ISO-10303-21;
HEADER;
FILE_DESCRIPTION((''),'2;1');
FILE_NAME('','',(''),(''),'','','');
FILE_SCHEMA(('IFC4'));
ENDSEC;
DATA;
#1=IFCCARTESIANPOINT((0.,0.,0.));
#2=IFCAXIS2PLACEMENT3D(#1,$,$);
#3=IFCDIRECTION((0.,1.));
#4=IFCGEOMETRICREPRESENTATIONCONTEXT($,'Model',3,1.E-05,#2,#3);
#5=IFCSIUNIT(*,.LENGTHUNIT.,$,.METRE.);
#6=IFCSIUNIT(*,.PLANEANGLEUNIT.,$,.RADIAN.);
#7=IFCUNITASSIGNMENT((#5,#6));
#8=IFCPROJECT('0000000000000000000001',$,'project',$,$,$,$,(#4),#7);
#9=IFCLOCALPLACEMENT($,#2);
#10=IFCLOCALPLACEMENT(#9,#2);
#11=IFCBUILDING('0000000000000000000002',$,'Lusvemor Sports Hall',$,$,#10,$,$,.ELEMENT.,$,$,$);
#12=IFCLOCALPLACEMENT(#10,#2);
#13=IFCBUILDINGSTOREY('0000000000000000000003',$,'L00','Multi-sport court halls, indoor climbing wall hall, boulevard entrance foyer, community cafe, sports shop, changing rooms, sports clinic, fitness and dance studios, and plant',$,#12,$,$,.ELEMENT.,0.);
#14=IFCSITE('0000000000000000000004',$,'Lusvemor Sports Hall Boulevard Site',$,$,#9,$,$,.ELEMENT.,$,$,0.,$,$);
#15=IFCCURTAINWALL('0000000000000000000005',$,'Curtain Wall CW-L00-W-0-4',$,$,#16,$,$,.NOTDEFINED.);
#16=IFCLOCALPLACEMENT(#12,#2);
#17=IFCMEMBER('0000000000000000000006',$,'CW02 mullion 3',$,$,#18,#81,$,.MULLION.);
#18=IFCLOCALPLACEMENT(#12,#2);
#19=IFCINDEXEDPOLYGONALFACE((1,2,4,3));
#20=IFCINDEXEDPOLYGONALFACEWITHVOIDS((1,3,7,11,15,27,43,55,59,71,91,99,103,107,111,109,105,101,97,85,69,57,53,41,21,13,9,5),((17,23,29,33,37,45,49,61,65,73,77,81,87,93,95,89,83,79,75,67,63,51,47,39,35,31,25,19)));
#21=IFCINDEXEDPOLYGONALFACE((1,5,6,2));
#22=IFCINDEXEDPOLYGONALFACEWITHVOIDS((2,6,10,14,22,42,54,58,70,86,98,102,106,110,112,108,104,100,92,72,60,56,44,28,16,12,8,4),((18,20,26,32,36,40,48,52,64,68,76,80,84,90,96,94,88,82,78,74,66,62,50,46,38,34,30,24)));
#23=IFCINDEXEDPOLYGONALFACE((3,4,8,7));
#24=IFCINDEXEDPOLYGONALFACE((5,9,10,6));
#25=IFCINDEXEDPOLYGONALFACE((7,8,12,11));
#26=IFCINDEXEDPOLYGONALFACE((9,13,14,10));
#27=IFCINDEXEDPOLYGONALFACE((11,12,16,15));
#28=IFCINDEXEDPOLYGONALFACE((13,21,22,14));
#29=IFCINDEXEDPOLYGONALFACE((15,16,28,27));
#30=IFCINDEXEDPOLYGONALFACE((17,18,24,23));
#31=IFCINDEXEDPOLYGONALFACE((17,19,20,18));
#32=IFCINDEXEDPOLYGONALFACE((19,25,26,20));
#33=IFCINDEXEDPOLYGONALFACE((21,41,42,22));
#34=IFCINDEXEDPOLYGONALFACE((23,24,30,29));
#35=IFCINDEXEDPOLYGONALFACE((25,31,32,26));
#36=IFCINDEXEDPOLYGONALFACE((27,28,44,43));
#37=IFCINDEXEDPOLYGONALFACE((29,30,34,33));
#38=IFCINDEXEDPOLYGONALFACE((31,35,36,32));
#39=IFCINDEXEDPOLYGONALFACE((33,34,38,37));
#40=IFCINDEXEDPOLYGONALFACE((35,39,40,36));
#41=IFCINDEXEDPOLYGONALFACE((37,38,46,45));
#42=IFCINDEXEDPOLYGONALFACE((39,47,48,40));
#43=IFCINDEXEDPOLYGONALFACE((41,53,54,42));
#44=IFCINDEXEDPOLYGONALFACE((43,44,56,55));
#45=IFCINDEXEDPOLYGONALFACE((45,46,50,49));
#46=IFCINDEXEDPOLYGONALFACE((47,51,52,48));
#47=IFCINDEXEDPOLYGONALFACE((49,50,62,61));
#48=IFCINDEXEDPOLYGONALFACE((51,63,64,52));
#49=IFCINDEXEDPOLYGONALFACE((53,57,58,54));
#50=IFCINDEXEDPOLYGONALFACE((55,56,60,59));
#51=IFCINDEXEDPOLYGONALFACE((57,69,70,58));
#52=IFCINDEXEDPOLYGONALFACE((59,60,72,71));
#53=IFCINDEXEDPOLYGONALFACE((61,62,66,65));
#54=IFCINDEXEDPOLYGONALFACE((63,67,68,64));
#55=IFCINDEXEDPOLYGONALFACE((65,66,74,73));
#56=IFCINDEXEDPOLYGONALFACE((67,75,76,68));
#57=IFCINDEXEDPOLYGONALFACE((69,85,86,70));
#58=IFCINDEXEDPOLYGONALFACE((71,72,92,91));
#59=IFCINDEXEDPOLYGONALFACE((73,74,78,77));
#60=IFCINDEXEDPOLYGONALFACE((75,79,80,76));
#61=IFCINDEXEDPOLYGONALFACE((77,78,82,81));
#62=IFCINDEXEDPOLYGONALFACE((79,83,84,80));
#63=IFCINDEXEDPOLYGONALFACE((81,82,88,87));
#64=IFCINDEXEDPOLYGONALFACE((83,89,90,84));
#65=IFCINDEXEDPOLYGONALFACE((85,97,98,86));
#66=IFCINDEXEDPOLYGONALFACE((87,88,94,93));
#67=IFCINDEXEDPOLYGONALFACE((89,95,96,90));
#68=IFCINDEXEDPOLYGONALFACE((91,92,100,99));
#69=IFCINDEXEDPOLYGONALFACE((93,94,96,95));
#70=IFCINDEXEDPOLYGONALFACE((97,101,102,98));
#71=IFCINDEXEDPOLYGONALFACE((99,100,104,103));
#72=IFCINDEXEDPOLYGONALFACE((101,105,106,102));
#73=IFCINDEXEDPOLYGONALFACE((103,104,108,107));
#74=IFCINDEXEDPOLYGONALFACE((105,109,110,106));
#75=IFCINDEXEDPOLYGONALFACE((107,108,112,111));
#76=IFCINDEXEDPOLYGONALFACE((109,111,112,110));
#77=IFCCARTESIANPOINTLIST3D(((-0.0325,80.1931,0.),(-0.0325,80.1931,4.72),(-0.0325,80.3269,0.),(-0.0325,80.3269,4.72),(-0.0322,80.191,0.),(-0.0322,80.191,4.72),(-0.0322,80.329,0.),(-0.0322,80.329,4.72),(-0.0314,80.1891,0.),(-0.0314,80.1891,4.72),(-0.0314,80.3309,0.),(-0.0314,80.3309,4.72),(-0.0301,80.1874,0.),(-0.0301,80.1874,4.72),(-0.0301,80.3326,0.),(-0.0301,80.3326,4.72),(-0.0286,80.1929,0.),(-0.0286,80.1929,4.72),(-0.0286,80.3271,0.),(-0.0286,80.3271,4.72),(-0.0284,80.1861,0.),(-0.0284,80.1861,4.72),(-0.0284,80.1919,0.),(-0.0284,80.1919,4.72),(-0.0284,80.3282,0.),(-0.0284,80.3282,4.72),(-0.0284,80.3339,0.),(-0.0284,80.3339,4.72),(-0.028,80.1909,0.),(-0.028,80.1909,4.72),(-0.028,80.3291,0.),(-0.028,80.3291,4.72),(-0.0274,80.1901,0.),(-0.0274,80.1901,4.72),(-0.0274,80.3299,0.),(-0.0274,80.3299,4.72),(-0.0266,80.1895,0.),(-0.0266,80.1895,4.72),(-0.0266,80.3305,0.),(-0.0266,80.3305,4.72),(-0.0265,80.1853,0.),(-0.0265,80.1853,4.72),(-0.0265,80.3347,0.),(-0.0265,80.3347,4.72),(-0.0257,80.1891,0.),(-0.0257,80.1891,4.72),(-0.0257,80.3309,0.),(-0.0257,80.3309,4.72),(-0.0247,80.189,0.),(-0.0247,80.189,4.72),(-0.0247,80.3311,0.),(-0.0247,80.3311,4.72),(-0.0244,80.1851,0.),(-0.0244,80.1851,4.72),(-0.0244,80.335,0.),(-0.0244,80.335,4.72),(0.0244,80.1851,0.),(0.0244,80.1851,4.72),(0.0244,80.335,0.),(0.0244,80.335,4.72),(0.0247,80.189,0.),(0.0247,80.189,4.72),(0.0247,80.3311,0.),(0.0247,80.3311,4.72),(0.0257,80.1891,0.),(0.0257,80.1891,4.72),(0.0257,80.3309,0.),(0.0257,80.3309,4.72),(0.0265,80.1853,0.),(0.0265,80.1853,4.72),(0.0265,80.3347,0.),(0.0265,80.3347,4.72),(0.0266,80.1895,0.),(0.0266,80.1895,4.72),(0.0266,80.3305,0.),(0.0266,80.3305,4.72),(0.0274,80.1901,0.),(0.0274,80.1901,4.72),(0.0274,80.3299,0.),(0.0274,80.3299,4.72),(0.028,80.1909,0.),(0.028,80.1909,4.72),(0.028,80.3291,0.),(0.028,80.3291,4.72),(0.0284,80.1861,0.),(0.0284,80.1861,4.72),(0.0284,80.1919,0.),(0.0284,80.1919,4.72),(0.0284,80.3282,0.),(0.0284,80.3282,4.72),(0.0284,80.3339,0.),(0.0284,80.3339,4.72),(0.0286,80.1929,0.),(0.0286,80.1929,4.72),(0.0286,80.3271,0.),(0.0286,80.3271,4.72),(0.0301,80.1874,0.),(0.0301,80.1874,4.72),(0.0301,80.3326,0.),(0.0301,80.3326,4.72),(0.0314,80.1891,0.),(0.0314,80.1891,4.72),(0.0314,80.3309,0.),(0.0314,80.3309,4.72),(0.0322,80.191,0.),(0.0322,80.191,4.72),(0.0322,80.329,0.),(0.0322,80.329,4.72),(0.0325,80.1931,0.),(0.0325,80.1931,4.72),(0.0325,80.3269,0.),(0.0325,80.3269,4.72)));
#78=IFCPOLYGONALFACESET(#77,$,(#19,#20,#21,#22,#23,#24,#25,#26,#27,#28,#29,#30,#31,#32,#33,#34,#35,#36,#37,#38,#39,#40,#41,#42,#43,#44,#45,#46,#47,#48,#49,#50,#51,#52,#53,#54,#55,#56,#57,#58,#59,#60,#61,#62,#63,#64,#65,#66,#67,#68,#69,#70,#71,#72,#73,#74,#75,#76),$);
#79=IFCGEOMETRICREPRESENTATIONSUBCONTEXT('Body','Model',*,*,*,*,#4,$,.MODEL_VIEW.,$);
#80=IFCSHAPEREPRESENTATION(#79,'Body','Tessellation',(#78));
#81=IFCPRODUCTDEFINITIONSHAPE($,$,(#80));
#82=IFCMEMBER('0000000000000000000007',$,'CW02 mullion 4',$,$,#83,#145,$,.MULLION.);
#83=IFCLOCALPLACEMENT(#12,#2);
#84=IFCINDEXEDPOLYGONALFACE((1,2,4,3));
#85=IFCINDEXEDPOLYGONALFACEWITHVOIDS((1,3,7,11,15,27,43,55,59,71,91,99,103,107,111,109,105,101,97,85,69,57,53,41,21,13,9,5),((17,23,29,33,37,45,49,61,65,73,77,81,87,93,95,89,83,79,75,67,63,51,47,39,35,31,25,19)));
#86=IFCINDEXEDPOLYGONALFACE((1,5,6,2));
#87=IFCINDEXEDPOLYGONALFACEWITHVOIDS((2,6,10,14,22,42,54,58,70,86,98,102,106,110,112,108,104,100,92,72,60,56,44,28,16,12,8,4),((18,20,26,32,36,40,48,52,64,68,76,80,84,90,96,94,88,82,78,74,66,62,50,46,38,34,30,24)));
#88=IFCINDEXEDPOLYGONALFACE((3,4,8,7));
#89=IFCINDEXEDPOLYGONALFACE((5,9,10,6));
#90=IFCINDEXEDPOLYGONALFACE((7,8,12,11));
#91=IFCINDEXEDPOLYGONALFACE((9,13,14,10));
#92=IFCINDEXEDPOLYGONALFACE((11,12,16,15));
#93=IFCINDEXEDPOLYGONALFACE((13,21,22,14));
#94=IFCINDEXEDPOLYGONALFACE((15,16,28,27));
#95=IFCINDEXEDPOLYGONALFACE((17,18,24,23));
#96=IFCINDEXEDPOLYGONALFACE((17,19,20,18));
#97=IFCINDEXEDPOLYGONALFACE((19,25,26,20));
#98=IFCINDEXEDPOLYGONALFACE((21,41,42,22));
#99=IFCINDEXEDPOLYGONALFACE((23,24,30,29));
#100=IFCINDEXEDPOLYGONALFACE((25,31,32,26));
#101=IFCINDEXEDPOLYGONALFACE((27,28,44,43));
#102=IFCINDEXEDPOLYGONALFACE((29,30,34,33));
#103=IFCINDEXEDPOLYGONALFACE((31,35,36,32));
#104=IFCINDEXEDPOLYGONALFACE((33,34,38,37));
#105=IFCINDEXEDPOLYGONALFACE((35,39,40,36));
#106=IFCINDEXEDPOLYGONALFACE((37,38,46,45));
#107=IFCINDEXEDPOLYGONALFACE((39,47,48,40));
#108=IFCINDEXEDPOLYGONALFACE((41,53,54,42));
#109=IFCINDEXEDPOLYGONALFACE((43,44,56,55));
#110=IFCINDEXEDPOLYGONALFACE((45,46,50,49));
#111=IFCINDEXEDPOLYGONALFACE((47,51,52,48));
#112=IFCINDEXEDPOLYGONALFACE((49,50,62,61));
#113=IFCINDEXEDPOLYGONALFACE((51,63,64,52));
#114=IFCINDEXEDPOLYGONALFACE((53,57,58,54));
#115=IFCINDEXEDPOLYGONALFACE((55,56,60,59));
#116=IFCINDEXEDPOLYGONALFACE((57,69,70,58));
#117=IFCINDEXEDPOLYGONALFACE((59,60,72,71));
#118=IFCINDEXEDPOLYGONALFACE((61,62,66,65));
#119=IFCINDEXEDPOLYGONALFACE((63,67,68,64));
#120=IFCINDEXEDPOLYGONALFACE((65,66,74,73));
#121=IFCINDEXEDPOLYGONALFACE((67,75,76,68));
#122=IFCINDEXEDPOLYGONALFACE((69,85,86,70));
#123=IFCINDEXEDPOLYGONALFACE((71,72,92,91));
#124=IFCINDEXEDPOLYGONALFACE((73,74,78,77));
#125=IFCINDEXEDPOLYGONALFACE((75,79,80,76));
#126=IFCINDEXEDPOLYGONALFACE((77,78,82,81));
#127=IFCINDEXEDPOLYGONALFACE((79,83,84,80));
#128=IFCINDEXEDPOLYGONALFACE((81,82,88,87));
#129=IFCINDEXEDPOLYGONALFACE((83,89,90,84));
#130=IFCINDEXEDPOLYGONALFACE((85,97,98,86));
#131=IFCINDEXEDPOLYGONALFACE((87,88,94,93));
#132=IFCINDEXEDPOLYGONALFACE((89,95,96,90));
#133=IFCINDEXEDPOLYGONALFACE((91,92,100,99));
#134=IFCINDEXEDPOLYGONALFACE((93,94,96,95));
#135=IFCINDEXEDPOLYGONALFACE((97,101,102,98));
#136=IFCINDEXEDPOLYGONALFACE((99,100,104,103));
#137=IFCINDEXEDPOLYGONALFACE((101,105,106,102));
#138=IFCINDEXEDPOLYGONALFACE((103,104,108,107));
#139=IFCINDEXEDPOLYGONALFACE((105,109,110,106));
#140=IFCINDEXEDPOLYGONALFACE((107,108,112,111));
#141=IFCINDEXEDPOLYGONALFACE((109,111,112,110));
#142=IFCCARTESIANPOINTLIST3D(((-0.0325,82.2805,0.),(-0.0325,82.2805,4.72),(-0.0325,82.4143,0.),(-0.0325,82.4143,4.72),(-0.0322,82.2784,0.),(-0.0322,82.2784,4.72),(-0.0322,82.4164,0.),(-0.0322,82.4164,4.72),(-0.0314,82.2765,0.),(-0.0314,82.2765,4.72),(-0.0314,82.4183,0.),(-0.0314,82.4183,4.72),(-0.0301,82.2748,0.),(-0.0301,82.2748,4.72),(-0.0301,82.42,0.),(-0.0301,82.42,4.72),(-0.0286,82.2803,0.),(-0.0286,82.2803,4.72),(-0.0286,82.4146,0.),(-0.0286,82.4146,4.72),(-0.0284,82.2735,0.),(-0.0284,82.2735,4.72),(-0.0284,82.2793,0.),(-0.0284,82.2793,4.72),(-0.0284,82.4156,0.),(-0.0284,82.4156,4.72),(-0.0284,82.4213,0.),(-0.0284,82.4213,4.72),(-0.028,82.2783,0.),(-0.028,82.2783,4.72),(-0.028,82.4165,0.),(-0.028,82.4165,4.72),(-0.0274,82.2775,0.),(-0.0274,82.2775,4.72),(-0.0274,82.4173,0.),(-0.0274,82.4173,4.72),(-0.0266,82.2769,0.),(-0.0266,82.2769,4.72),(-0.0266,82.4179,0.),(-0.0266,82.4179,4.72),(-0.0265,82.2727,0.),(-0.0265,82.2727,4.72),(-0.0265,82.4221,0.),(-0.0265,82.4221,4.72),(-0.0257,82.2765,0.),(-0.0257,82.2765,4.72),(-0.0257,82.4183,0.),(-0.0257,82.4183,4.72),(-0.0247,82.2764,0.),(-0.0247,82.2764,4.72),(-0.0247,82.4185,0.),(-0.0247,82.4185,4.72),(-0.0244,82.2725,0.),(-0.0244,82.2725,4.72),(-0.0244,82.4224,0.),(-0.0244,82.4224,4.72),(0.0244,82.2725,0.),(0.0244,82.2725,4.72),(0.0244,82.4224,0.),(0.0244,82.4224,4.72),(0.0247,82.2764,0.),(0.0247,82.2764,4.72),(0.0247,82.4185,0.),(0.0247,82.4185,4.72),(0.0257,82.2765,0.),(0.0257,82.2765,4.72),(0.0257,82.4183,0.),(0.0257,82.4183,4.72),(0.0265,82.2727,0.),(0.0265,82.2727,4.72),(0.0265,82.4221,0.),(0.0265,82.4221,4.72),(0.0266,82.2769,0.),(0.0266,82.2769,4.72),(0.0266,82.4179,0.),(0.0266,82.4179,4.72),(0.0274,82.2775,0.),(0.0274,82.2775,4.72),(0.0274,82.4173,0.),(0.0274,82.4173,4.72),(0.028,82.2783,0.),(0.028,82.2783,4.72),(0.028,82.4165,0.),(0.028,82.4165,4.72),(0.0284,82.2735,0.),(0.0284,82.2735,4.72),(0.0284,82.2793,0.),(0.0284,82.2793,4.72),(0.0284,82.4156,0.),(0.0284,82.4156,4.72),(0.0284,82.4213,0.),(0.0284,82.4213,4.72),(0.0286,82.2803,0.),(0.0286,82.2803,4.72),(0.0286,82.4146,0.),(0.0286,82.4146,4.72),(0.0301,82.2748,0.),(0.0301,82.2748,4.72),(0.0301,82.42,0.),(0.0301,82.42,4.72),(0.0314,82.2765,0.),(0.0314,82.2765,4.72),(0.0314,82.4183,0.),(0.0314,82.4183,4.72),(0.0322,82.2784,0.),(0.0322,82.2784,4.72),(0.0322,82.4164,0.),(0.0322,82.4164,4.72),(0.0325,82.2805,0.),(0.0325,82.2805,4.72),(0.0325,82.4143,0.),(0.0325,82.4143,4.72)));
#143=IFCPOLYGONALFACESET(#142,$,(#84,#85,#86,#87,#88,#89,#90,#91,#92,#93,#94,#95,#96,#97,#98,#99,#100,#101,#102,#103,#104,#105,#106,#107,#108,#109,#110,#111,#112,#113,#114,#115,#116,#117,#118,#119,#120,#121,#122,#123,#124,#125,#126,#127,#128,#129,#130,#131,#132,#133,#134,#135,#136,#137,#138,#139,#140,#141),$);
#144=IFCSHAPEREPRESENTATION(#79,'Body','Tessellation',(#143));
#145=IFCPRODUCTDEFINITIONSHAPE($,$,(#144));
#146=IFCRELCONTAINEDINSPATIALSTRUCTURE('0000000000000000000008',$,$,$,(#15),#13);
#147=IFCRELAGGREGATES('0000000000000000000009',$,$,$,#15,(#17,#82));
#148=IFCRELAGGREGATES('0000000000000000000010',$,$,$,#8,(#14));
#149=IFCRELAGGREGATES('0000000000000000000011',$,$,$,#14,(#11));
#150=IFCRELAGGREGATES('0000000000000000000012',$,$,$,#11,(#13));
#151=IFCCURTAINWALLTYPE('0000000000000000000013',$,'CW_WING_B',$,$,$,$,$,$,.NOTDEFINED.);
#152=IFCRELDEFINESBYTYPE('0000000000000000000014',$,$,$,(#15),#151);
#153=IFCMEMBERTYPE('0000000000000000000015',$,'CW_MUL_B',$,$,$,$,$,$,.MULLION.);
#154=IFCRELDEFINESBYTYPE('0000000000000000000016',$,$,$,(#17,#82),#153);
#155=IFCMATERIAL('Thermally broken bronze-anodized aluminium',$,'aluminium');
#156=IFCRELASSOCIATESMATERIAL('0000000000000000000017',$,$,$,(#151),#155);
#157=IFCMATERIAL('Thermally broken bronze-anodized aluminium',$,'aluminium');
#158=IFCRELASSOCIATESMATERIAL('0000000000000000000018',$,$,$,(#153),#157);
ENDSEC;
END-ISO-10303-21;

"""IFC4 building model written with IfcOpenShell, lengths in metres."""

from ifc_helpers import new_model, si_unit, direction, frame, origin, origin_2d, place, context, subcontext, project, spatial, hollow_rectangle, extrude, material, material_profile, profile_set, type_object, element, aggregate, save


model = new_model("IFC4")

# Units and contexts
model_context = context("Model", 3, precision=1e-05, world=origin(), true_north=direction((0.0, 1.0)))
body_context = subcontext(model_context, "Body", "Model", "MODEL_VIEW")
ifc_project = project(units=[si_unit("LENGTHUNIT", "METRE"), si_unit("PLANEANGLEUNIT", "RADIAN")], contexts=[model_context])

# Site, building, storey
site_placement = place(None, origin())
site = spatial("IfcSite", under=ifc_project, at=site_placement, Name="Lusvemor Sports Hall Boulevard Site", CompositionType="ELEMENT", RefElevation=0.0)
building_placement = place(site_placement, origin())
building = spatial("IfcBuilding", under=site, at=building_placement, Name="Lusvemor Sports Hall", CompositionType="ELEMENT")
storey_placement = place(building_placement, origin())
storey = spatial("IfcBuildingStorey", under=building, at=storey_placement, Name="L00", Description="Multi-sport court halls, indoor climbing wall hall, boulevard entrance foyer, community cafe, sports shop, changing rooms, sports clinic, fitness and dance studios, and plant", CompositionType="ELEMENT", Elevation=0.0)

# Curtain wall, members
ifc_material_1 = material(Name="Thermally broken bronze-anodized aluminium", Category="aluminium")
curtain_wall_type = type_object("IfcCurtainWallType", Name="CW_WING_B", PredefinedType="NOTDEFINED", material=ifc_material_1)
curtain_wall_1_placement = place(storey_placement, origin())
curtain_wall_1 = element("IfcCurtainWall", 1, at=curtain_wall_1_placement, inside=storey, type_object=curtain_wall_type, Name="Curtain Wall CW-L00-W-0-4", PredefinedType="NOTDEFINED")
ifc_material_2 = material(Name="Thermally broken bronze-anodized aluminium", Category="aluminium")
ifc_material_profile_1 = material_profile(ifc_material_2, hollow_rectangle(XDim=0.0649, YDim=0.1499, WallThickness=0.0039, InnerFilletRadius=0.0039, OuterFilletRadius=0.0081, at=origin_2d()), Name="CWMUL150x65x4")
ifc_profile_set_1 = profile_set([ifc_material_profile_1], Name="Thermally broken bronze-anodized aluminium")
member_type_1 = type_object("IfcMemberType", Name="CW_MUL_B", PredefinedType="MULLION", material=ifc_profile_set_1)
member_1_placement = place(storey_placement, frame((0.0, 80.26, 0.0), z_axis=(0.0, 0.0, 1.0), x_axis=(-1.0, 0.0, 0.0)))
member_1 = element("IfcMember", 2, at=member_1_placement, type_object=member_type_1, Name="CW02 mullion 3", PredefinedType="MULLION", context=body_context, shape_type="SweptSolid", body=[
    extrude(hollow_rectangle(XDim=0.0649, YDim=0.1499, WallThickness=0.0039, InnerFilletRadius=0.0039, OuterFilletRadius=0.0081, at=origin_2d()), origin(), (0.0, 0.0, 1.0), 4.72),
])
member_2_placement = place(storey_placement, frame((0.0, 82.3474, 0.0), z_axis=(0.0, 0.0, 1.0), x_axis=(-1.0, 0.0, 0.0)))
member_2 = element("IfcMember", 3, at=member_2_placement, type_object=member_type_1, Name="CW02 mullion 4", PredefinedType="MULLION", context=body_context, shape_type="SweptSolid", body=[
    extrude(hollow_rectangle(XDim=0.0649, YDim=0.1499, WallThickness=0.0039, InnerFilletRadius=0.0039, OuterFilletRadius=0.0081, at=origin_2d()), origin(), (0.0, 0.0, 1.0), 4.72),
])

aggregate(curtain_wall_1, [member_1, member_2])

save(model, "model.ifc")
